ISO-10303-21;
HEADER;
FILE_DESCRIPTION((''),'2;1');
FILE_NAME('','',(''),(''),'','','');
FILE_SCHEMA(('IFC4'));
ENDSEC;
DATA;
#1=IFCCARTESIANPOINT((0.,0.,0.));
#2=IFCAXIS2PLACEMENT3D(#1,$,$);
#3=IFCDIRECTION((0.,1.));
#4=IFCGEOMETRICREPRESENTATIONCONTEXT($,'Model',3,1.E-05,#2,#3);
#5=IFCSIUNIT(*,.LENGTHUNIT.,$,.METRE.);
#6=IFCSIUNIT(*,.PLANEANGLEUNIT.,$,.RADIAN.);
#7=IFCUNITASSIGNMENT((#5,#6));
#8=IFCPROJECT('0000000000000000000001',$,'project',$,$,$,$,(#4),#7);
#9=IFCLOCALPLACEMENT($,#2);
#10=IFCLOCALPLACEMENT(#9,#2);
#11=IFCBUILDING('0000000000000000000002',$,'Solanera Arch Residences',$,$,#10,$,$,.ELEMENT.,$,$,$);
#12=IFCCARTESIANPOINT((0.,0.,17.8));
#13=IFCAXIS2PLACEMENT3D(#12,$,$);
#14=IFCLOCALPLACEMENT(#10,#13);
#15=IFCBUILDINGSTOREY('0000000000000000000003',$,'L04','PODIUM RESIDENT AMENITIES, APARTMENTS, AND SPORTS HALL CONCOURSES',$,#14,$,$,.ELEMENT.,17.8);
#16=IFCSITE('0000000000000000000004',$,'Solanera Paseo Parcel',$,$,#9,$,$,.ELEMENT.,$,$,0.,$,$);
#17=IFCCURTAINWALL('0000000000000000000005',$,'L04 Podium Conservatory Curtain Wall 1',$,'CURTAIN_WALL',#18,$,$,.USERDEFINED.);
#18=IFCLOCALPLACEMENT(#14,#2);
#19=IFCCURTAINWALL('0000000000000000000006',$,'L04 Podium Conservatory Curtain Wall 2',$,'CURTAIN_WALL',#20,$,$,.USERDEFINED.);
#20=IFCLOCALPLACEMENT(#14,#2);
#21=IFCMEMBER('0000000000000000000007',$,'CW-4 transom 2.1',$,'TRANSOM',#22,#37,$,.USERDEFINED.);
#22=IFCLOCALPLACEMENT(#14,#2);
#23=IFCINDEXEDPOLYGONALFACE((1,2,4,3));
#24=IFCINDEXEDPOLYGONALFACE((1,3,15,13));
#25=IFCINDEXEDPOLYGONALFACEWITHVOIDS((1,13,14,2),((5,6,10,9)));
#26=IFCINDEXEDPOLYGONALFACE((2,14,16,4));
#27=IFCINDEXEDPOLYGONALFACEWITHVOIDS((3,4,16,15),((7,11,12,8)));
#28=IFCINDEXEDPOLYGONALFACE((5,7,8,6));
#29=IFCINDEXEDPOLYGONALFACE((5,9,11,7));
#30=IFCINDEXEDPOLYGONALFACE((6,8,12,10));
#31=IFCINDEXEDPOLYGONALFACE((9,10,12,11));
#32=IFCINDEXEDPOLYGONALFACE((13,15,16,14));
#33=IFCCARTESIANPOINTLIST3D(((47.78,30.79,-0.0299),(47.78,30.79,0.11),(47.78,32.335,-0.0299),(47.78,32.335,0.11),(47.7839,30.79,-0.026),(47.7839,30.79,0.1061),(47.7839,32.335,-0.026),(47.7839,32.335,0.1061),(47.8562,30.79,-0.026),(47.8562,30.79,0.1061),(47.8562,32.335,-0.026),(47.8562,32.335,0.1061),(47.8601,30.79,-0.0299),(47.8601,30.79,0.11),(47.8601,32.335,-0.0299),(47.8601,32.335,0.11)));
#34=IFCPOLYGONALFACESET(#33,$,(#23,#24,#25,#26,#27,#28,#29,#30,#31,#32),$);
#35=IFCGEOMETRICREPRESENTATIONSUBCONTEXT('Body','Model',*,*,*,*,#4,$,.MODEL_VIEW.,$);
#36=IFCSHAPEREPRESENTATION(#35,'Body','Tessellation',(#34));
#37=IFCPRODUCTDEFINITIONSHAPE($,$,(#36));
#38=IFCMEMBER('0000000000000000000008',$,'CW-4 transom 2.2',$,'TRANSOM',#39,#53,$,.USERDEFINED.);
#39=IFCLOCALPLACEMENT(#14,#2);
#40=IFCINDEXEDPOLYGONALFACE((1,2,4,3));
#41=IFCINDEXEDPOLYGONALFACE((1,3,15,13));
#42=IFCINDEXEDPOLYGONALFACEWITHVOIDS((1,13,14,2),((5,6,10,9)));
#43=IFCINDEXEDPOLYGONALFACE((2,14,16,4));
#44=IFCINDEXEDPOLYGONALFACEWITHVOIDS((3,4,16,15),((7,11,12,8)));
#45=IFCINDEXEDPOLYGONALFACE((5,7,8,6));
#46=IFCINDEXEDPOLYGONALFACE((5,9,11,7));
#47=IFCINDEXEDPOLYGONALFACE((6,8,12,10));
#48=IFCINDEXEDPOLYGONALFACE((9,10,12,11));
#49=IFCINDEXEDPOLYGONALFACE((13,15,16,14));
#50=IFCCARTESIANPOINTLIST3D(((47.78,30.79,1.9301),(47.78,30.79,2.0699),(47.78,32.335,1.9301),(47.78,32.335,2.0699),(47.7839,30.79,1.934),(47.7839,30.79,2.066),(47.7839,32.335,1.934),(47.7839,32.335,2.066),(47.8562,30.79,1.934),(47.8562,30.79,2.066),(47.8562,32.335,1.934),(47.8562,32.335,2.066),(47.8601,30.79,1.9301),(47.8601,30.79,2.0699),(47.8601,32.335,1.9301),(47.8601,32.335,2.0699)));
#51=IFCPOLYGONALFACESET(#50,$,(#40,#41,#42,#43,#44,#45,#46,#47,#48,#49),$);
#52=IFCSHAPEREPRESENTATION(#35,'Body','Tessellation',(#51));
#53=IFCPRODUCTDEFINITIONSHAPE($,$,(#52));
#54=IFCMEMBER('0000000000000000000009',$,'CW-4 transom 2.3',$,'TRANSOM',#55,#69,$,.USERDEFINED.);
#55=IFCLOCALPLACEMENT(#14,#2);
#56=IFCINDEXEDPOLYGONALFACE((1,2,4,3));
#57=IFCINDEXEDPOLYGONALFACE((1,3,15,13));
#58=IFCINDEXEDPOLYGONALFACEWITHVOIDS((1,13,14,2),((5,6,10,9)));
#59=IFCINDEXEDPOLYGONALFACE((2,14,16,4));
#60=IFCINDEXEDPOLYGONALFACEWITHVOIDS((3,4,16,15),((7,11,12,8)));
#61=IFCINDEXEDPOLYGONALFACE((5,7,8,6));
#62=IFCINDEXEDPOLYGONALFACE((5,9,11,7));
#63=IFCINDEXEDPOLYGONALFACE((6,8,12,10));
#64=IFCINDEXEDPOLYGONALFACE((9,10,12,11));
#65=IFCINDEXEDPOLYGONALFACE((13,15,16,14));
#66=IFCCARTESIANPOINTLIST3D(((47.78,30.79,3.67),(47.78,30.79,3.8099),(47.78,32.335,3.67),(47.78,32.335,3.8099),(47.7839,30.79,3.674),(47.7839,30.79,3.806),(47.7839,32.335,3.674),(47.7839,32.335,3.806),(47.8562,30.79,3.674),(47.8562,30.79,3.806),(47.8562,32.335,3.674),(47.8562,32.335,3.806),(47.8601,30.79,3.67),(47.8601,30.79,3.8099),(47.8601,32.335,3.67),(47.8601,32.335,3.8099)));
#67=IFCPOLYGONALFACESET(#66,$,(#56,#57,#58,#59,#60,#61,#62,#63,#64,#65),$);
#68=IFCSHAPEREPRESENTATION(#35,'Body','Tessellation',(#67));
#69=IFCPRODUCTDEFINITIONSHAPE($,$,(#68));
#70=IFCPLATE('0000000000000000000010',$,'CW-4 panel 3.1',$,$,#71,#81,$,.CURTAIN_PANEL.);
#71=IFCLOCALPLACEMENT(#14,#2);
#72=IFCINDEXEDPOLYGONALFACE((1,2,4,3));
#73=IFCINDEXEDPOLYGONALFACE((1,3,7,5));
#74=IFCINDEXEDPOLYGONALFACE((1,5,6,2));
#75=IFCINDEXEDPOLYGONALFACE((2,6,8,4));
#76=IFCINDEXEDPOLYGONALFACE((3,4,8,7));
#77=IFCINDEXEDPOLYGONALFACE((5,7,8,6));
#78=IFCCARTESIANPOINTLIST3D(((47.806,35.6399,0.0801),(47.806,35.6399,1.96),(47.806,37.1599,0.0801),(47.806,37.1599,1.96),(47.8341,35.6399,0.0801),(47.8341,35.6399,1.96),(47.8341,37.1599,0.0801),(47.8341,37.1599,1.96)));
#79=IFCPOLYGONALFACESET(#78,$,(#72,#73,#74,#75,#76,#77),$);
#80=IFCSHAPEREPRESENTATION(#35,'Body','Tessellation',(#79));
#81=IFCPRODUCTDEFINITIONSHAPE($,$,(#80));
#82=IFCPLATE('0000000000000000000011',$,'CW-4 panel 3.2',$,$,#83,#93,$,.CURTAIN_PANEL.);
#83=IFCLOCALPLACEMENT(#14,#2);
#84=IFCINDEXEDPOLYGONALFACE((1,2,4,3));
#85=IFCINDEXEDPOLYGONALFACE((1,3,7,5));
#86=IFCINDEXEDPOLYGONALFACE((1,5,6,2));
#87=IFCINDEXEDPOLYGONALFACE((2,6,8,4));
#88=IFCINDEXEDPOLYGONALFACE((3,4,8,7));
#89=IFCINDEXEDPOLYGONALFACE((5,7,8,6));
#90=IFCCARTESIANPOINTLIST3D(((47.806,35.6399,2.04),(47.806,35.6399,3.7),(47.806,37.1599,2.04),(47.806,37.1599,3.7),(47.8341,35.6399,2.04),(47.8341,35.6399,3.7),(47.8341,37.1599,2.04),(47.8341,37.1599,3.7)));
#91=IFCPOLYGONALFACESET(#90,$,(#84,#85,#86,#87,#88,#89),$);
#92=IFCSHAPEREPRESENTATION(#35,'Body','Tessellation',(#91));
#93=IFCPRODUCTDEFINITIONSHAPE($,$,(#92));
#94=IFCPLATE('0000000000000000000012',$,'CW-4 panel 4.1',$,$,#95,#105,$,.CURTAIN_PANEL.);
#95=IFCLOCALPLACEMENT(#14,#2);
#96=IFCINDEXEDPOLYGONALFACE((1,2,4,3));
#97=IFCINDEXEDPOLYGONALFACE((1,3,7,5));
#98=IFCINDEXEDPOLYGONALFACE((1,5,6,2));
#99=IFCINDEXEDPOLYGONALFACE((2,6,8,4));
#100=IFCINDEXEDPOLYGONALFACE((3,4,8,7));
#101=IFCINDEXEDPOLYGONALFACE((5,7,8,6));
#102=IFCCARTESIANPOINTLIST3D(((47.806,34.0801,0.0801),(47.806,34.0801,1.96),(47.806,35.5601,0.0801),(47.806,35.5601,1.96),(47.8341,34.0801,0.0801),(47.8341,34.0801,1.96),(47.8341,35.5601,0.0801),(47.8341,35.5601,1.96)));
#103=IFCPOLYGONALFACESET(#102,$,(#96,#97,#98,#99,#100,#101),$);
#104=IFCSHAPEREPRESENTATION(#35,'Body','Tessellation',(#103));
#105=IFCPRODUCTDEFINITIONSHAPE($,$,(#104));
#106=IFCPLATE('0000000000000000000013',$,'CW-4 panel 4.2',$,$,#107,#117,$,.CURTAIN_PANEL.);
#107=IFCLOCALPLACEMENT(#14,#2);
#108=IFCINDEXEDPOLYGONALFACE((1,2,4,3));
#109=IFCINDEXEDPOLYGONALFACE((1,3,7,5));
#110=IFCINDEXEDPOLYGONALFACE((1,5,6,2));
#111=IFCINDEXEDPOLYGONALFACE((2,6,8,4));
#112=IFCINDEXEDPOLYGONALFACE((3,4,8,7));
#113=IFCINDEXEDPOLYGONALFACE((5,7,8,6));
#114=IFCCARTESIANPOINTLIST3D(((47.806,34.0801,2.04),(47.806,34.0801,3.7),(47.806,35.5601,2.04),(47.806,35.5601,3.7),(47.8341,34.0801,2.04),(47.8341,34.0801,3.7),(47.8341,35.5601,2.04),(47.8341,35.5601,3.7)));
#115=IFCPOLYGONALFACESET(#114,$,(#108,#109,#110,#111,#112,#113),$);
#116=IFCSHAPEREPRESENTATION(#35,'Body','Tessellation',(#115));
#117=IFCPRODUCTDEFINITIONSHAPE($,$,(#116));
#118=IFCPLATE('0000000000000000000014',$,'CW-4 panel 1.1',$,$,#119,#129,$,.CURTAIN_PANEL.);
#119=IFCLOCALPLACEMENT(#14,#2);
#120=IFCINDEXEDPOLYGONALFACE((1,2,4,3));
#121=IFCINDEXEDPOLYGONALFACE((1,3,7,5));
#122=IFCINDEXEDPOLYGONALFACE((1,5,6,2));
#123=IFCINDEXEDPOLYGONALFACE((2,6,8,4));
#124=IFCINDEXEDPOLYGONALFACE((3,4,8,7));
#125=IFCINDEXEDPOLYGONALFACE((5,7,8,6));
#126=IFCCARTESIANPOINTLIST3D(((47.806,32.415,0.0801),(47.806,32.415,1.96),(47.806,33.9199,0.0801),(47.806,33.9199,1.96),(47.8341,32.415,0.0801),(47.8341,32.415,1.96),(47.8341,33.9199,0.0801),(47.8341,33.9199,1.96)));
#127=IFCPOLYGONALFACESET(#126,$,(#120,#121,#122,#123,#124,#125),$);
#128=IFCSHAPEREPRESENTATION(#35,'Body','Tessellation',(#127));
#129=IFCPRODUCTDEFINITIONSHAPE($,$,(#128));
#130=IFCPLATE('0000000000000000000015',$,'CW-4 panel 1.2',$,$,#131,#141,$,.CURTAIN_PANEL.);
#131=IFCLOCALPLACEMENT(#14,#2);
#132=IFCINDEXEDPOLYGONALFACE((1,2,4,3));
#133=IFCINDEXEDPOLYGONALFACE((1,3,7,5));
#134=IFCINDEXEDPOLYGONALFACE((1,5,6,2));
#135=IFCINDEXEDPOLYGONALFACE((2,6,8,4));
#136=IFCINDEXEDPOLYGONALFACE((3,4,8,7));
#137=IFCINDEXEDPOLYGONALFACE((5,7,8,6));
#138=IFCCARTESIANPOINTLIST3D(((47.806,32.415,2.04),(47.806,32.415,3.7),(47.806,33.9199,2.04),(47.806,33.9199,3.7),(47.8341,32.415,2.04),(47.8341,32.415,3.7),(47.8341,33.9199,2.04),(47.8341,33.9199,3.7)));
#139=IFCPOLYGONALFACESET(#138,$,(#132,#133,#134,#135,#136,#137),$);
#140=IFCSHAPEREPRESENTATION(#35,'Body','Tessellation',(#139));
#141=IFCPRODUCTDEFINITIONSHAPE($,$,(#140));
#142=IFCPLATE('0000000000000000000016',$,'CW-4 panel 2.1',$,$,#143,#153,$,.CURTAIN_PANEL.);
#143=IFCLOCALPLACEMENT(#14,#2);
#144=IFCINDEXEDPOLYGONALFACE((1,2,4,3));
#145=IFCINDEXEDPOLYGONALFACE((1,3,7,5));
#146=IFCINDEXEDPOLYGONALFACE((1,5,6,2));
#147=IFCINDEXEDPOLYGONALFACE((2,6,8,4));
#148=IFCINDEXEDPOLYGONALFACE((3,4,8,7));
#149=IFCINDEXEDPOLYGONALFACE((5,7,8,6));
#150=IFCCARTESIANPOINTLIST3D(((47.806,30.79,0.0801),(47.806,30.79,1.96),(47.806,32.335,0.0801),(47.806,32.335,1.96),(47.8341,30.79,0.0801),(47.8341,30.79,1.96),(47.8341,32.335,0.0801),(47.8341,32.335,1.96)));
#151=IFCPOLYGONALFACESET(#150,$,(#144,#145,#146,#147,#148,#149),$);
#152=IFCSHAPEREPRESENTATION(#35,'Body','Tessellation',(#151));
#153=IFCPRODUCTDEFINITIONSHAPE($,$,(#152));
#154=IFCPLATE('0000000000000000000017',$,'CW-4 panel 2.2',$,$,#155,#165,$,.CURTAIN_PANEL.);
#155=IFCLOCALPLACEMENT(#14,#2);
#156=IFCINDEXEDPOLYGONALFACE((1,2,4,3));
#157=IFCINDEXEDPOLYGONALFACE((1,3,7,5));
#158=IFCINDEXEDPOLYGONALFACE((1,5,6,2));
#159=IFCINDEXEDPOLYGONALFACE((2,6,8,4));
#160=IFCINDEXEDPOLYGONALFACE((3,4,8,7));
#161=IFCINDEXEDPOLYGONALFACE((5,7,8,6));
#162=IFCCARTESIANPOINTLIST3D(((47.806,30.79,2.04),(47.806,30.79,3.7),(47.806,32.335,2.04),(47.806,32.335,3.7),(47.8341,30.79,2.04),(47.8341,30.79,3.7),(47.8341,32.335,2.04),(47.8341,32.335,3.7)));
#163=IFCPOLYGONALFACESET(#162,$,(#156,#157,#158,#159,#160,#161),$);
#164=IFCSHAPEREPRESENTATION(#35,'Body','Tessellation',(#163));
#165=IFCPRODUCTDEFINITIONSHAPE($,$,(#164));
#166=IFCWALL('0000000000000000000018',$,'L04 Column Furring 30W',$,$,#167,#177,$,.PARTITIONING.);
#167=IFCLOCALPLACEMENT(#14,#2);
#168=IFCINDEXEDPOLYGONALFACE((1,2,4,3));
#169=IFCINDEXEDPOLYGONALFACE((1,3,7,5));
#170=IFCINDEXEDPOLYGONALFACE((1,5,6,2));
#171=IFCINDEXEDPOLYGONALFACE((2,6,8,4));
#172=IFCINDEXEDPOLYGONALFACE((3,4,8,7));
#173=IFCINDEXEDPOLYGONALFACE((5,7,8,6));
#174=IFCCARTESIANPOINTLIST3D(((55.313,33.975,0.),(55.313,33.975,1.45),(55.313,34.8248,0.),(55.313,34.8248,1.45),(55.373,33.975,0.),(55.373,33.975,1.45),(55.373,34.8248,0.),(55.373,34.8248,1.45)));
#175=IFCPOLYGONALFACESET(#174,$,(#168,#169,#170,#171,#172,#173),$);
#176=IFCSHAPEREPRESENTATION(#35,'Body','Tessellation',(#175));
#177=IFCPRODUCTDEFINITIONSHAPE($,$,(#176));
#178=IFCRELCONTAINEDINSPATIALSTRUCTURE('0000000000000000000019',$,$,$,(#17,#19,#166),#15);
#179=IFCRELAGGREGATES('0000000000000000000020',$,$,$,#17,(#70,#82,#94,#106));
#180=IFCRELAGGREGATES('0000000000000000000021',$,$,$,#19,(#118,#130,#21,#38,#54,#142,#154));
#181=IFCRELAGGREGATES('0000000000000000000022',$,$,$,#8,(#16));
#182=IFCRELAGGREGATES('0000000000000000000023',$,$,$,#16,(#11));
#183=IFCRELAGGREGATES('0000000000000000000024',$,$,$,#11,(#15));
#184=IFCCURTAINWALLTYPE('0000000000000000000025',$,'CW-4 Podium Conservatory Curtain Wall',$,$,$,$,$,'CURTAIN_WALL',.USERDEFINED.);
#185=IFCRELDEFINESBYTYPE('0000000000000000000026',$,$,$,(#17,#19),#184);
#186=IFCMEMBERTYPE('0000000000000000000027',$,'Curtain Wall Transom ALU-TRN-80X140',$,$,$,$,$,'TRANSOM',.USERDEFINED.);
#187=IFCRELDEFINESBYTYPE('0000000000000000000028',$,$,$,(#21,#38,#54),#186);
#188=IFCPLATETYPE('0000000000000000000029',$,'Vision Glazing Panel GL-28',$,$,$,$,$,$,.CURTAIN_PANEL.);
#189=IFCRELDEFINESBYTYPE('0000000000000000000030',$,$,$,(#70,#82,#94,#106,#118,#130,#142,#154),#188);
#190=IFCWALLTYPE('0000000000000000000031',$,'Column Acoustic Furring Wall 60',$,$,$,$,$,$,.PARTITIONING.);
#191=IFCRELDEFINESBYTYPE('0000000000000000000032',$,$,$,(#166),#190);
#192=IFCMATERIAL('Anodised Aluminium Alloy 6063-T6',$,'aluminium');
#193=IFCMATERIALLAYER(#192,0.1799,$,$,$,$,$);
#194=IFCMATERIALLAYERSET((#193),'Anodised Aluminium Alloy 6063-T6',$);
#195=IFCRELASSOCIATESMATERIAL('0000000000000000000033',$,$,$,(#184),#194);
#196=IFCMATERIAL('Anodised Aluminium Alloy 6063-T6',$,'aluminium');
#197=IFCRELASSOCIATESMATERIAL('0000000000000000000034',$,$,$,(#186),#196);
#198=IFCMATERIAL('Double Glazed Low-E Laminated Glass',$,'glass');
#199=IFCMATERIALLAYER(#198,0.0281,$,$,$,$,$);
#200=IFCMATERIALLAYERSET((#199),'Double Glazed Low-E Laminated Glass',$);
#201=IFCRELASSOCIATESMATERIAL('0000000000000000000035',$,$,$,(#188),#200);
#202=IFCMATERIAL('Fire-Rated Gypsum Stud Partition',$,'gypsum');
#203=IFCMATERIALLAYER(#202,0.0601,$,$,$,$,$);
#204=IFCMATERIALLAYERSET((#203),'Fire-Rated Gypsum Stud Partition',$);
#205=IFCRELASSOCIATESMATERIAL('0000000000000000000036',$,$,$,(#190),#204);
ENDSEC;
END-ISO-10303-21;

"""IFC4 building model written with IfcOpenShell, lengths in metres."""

from ifc_helpers import new_model, si_unit, direction, frame, frame_2d, origin, origin_2d, place, context, subcontext, project, spatial, rectangle, hollow_rectangle, extrude, material, layer, layer_set, material_profile, profile_set, type_object, element, aggregate, save


model = new_model("IFC4")

# Units and contexts
model_context = context("Model", 3, precision=1e-05, world=origin(), true_north=direction((0.0, 1.0)))
body_context = subcontext(model_context, "Body", "Model", "MODEL_VIEW")
ifc_project = project(units=[si_unit("LENGTHUNIT", "METRE"), si_unit("PLANEANGLEUNIT", "RADIAN")], contexts=[model_context])

# Site, building, storey
site_placement = place(None, origin())
site = spatial("IfcSite", under=ifc_project, at=site_placement, Name="Solanera Paseo Parcel", CompositionType="ELEMENT", RefElevation=0.0)
building_placement = place(site_placement, origin())
building = spatial("IfcBuilding", under=site, at=building_placement, Name="Solanera Arch Residences", CompositionType="ELEMENT")
storey_placement = place(building_placement, frame((0.0, 0.0, 17.8)))
storey = spatial("IfcBuildingStorey", under=building, at=storey_placement, Name="L04", Description="PODIUM RESIDENT AMENITIES, APARTMENTS, AND SPORTS HALL CONCOURSES", CompositionType="ELEMENT", Elevation=17.8)

# Curtain walls
ifc_material_1 = material(Name="Anodised Aluminium Alloy 6063-T6", Category="aluminium")
ifc_layer_1 = layer(ifc_material_1, 0.1799)
ifc_layer_set_1 = layer_set([ifc_layer_1], Name="Anodised Aluminium Alloy 6063-T6")
curtain_wall_type = type_object("IfcCurtainWallType", Name="CW-4 Podium Conservatory Curtain Wall", ElementType="CURTAIN_WALL", PredefinedType="USERDEFINED", material=ifc_layer_set_1)
curtain_wall_1_placement = place(storey_placement, origin())
curtain_wall_1 = element("IfcCurtainWall", 1, at=curtain_wall_1_placement, inside=storey, type_object=curtain_wall_type, Name="L04 Podium Conservatory Curtain Wall 1", ObjectType="CURTAIN_WALL", PredefinedType="USERDEFINED")
curtain_wall_2_placement = place(storey_placement, origin())
curtain_wall_2 = element("IfcCurtainWall", 2, at=curtain_wall_2_placement, inside=storey, type_object=curtain_wall_type, Name="L04 Podium Conservatory Curtain Wall 2", ObjectType="CURTAIN_WALL", PredefinedType="USERDEFINED")

# Members
ifc_material_2 = material(Name="Anodised Aluminium Alloy 6063-T6", Category="aluminium")
ifc_material_profile_1 = material_profile(ifc_material_2, hollow_rectangle(XDim=0.0801, YDim=0.1399, WallThickness=0.0039, at=origin_2d()))
ifc_profile_set_1 = profile_set([ifc_material_profile_1], Name="Anodised Aluminium Alloy 6063-T6")
member_type_1 = type_object("IfcMemberType", Name="Curtain Wall Transom ALU-TRN-80X140", ElementType="TRANSOM", PredefinedType="USERDEFINED", material=ifc_profile_set_1)
member_1_placement = place(storey_placement, frame((47.8201, 32.335, 0.04), z_axis=(0.0, -1.0, 0.0), x_axis=(1.0, 0.0, 0.0)))
member_1 = element("IfcMember", 3, at=member_1_placement, type_object=member_type_1, Name="CW-4 transom 2.1", ObjectType="TRANSOM", PredefinedType="USERDEFINED", context=body_context, shape_type="SweptSolid", body=[
    extrude(hollow_rectangle(XDim=0.0801, YDim=0.1399, WallThickness=0.0039, at=origin_2d()), origin(), (0.0, 0.0, 1.0), 1.5449),
])
member_2_placement = place(storey_placement, frame((47.8201, 32.335, 2.0), z_axis=(0.0, -1.0, 0.0), x_axis=(1.0, 0.0, 0.0)))
member_2 = element("IfcMember", 4, at=member_2_placement, type_object=member_type_1, Name="CW-4 transom 2.2", ObjectType="TRANSOM", PredefinedType="USERDEFINED", context=body_context, shape_type="SweptSolid", body=[
    extrude(hollow_rectangle(XDim=0.0801, YDim=0.1399, WallThickness=0.0039, at=origin_2d()), origin(), (0.0, 0.0, 1.0), 1.5449),
])
member_3_placement = place(storey_placement, frame((47.8201, 32.335, 3.74), z_axis=(0.0, -1.0, 0.0), x_axis=(1.0, 0.0, 0.0)))
member_3 = element("IfcMember", 5, at=member_3_placement, type_object=member_type_1, Name="CW-4 transom 2.3", ObjectType="TRANSOM", PredefinedType="USERDEFINED", context=body_context, shape_type="SweptSolid", body=[
    extrude(hollow_rectangle(XDim=0.0801, YDim=0.1399, WallThickness=0.0039, at=origin_2d()), origin(), (0.0, 0.0, 1.0), 1.5449),
])

# Plates
ifc_material_3 = material(Name="Double Glazed Low-E Laminated Glass", Category="glass")
ifc_layer_2 = layer(ifc_material_3, 0.0281)
ifc_layer_set_2 = layer_set([ifc_layer_2], Name="Double Glazed Low-E Laminated Glass")
plate_type = type_object("IfcPlateType", Name="Vision Glazing Panel GL-28", PredefinedType="CURTAIN_PANEL", material=ifc_layer_set_2)
plate_1_placement = place(storey_placement, frame((47.8201, 36.3999, 0.0801), z_axis=(0.0, 0.0, 1.0), x_axis=(0.0, -1.0, 0.0)))
plate_1 = element("IfcPlate", 6, at=plate_1_placement, type_object=plate_type, Name="CW-4 panel 3.1", PredefinedType="CURTAIN_PANEL", context=body_context, shape_type="SweptSolid", body=[
    extrude(rectangle(XDim=1.52, YDim=0.0281, at=origin_2d()), origin(), (0.0, 0.0, 1.0), 1.8799),
])
plate_2_placement = place(storey_placement, frame((47.8201, 36.3999, 2.04), z_axis=(0.0, 0.0, 1.0), x_axis=(0.0, -1.0, 0.0)))
plate_2 = element("IfcPlate", 7, at=plate_2_placement, type_object=plate_type, Name="CW-4 panel 3.2", PredefinedType="CURTAIN_PANEL", context=body_context, shape_type="SweptSolid", body=[
    extrude(rectangle(XDim=1.52, YDim=0.0281, at=origin_2d()), origin(), (0.0, 0.0, 1.0), 1.6599),
])
plate_3_placement = place(storey_placement, frame((47.8201, 34.8201, 0.0801), z_axis=(0.0, 0.0, 1.0), x_axis=(0.0, -1.0, 0.0)))
plate_3 = element("IfcPlate", 8, at=plate_3_placement, type_object=plate_type, Name="CW-4 panel 4.1", PredefinedType="CURTAIN_PANEL", context=body_context, shape_type="SweptSolid", body=[
    extrude(rectangle(XDim=1.48, YDim=0.0281, at=origin_2d()), origin(), (0.0, 0.0, 1.0), 1.8799),
])
plate_4_placement = place(storey_placement, frame((47.8201, 34.8201, 2.04), z_axis=(0.0, 0.0, 1.0), x_axis=(0.0, -1.0, 0.0)))
plate_4 = element("IfcPlate", 9, at=plate_4_placement, type_object=plate_type, Name="CW-4 panel 4.2", PredefinedType="CURTAIN_PANEL", context=body_context, shape_type="SweptSolid", body=[
    extrude(rectangle(XDim=1.48, YDim=0.0281, at=origin_2d()), origin(), (0.0, 0.0, 1.0), 1.6599),
])
aggregate(curtain_wall_1, [plate_1, plate_2, plate_3, plate_4])
plate_5_placement = place(storey_placement, frame((47.8201, 33.1675, 0.0801), z_axis=(0.0, 0.0, 1.0), x_axis=(0.0, -1.0, 0.0)))
plate_5 = element("IfcPlate", 10, at=plate_5_placement, type_object=plate_type, Name="CW-4 panel 1.1", PredefinedType="CURTAIN_PANEL", context=body_context, shape_type="SweptSolid", body=[
    extrude(rectangle(XDim=1.5049, YDim=0.0281, at=origin_2d()), origin(), (0.0, 0.0, 1.0), 1.8799),
])
plate_6_placement = place(storey_placement, frame((47.8201, 33.1675, 2.04), z_axis=(0.0, 0.0, 1.0), x_axis=(0.0, -1.0, 0.0)))
plate_6 = element("IfcPlate", 11, at=plate_6_placement, type_object=plate_type, Name="CW-4 panel 1.2", PredefinedType="CURTAIN_PANEL", context=body_context, shape_type="SweptSolid", body=[
    extrude(rectangle(XDim=1.5049, YDim=0.0281, at=origin_2d()), origin(), (0.0, 0.0, 1.0), 1.6599),
])
plate_7_placement = place(storey_placement, frame((47.8201, 31.5625, 0.0801), z_axis=(0.0, 0.0, 1.0), x_axis=(0.0, -1.0, 0.0)))
plate_7 = element("IfcPlate", 12, at=plate_7_placement, type_object=plate_type, Name="CW-4 panel 2.1", PredefinedType="CURTAIN_PANEL", context=body_context, shape_type="SweptSolid", body=[
    extrude(rectangle(XDim=1.5449, YDim=0.0281, at=origin_2d()), origin(), (0.0, 0.0, 1.0), 1.8799),
])
plate_8_placement = place(storey_placement, frame((47.8201, 31.5625, 2.04), z_axis=(0.0, 0.0, 1.0), x_axis=(0.0, -1.0, 0.0)))
plate_8 = element("IfcPlate", 13, at=plate_8_placement, type_object=plate_type, Name="CW-4 panel 2.2", PredefinedType="CURTAIN_PANEL", context=body_context, shape_type="SweptSolid", body=[
    extrude(rectangle(XDim=1.5449, YDim=0.0281, at=origin_2d()), origin(), (0.0, 0.0, 1.0), 1.6599),
])
aggregate(curtain_wall_2, [plate_5, plate_6, member_1, member_2, member_3, plate_7, plate_8])

# Wall
ifc_material_4 = material(Name="Fire-Rated Gypsum Stud Partition", Category="gypsum")
ifc_layer_3 = layer(ifc_material_4, 0.0601)
ifc_layer_set_3 = layer_set([ifc_layer_3], Name="Fire-Rated Gypsum Stud Partition")
wall_type = type_object("IfcWallType", Name="Column Acoustic Furring Wall 60", PredefinedType="PARTITIONING", material=ifc_layer_set_3)
wall_placement = place(storey_placement, frame((55.343, 33.9751, 0.0), z_axis=(0.0, 0.0, 1.0), x_axis=(0.0, 1.0, 0.0)))
element("IfcWall", 14, at=wall_placement, inside=storey, type_object=wall_type, Name="L04 Column Furring 30W", PredefinedType="PARTITIONING", context=body_context, shape_type="SweptSolid", body=[
    extrude(rectangle(XDim=0.8499, YDim=0.0601, at=frame_2d((0.4248, 0.0))), origin(), (0.0, 0.0, 1.0), 1.45),
])

save(model, "model.ifc")
